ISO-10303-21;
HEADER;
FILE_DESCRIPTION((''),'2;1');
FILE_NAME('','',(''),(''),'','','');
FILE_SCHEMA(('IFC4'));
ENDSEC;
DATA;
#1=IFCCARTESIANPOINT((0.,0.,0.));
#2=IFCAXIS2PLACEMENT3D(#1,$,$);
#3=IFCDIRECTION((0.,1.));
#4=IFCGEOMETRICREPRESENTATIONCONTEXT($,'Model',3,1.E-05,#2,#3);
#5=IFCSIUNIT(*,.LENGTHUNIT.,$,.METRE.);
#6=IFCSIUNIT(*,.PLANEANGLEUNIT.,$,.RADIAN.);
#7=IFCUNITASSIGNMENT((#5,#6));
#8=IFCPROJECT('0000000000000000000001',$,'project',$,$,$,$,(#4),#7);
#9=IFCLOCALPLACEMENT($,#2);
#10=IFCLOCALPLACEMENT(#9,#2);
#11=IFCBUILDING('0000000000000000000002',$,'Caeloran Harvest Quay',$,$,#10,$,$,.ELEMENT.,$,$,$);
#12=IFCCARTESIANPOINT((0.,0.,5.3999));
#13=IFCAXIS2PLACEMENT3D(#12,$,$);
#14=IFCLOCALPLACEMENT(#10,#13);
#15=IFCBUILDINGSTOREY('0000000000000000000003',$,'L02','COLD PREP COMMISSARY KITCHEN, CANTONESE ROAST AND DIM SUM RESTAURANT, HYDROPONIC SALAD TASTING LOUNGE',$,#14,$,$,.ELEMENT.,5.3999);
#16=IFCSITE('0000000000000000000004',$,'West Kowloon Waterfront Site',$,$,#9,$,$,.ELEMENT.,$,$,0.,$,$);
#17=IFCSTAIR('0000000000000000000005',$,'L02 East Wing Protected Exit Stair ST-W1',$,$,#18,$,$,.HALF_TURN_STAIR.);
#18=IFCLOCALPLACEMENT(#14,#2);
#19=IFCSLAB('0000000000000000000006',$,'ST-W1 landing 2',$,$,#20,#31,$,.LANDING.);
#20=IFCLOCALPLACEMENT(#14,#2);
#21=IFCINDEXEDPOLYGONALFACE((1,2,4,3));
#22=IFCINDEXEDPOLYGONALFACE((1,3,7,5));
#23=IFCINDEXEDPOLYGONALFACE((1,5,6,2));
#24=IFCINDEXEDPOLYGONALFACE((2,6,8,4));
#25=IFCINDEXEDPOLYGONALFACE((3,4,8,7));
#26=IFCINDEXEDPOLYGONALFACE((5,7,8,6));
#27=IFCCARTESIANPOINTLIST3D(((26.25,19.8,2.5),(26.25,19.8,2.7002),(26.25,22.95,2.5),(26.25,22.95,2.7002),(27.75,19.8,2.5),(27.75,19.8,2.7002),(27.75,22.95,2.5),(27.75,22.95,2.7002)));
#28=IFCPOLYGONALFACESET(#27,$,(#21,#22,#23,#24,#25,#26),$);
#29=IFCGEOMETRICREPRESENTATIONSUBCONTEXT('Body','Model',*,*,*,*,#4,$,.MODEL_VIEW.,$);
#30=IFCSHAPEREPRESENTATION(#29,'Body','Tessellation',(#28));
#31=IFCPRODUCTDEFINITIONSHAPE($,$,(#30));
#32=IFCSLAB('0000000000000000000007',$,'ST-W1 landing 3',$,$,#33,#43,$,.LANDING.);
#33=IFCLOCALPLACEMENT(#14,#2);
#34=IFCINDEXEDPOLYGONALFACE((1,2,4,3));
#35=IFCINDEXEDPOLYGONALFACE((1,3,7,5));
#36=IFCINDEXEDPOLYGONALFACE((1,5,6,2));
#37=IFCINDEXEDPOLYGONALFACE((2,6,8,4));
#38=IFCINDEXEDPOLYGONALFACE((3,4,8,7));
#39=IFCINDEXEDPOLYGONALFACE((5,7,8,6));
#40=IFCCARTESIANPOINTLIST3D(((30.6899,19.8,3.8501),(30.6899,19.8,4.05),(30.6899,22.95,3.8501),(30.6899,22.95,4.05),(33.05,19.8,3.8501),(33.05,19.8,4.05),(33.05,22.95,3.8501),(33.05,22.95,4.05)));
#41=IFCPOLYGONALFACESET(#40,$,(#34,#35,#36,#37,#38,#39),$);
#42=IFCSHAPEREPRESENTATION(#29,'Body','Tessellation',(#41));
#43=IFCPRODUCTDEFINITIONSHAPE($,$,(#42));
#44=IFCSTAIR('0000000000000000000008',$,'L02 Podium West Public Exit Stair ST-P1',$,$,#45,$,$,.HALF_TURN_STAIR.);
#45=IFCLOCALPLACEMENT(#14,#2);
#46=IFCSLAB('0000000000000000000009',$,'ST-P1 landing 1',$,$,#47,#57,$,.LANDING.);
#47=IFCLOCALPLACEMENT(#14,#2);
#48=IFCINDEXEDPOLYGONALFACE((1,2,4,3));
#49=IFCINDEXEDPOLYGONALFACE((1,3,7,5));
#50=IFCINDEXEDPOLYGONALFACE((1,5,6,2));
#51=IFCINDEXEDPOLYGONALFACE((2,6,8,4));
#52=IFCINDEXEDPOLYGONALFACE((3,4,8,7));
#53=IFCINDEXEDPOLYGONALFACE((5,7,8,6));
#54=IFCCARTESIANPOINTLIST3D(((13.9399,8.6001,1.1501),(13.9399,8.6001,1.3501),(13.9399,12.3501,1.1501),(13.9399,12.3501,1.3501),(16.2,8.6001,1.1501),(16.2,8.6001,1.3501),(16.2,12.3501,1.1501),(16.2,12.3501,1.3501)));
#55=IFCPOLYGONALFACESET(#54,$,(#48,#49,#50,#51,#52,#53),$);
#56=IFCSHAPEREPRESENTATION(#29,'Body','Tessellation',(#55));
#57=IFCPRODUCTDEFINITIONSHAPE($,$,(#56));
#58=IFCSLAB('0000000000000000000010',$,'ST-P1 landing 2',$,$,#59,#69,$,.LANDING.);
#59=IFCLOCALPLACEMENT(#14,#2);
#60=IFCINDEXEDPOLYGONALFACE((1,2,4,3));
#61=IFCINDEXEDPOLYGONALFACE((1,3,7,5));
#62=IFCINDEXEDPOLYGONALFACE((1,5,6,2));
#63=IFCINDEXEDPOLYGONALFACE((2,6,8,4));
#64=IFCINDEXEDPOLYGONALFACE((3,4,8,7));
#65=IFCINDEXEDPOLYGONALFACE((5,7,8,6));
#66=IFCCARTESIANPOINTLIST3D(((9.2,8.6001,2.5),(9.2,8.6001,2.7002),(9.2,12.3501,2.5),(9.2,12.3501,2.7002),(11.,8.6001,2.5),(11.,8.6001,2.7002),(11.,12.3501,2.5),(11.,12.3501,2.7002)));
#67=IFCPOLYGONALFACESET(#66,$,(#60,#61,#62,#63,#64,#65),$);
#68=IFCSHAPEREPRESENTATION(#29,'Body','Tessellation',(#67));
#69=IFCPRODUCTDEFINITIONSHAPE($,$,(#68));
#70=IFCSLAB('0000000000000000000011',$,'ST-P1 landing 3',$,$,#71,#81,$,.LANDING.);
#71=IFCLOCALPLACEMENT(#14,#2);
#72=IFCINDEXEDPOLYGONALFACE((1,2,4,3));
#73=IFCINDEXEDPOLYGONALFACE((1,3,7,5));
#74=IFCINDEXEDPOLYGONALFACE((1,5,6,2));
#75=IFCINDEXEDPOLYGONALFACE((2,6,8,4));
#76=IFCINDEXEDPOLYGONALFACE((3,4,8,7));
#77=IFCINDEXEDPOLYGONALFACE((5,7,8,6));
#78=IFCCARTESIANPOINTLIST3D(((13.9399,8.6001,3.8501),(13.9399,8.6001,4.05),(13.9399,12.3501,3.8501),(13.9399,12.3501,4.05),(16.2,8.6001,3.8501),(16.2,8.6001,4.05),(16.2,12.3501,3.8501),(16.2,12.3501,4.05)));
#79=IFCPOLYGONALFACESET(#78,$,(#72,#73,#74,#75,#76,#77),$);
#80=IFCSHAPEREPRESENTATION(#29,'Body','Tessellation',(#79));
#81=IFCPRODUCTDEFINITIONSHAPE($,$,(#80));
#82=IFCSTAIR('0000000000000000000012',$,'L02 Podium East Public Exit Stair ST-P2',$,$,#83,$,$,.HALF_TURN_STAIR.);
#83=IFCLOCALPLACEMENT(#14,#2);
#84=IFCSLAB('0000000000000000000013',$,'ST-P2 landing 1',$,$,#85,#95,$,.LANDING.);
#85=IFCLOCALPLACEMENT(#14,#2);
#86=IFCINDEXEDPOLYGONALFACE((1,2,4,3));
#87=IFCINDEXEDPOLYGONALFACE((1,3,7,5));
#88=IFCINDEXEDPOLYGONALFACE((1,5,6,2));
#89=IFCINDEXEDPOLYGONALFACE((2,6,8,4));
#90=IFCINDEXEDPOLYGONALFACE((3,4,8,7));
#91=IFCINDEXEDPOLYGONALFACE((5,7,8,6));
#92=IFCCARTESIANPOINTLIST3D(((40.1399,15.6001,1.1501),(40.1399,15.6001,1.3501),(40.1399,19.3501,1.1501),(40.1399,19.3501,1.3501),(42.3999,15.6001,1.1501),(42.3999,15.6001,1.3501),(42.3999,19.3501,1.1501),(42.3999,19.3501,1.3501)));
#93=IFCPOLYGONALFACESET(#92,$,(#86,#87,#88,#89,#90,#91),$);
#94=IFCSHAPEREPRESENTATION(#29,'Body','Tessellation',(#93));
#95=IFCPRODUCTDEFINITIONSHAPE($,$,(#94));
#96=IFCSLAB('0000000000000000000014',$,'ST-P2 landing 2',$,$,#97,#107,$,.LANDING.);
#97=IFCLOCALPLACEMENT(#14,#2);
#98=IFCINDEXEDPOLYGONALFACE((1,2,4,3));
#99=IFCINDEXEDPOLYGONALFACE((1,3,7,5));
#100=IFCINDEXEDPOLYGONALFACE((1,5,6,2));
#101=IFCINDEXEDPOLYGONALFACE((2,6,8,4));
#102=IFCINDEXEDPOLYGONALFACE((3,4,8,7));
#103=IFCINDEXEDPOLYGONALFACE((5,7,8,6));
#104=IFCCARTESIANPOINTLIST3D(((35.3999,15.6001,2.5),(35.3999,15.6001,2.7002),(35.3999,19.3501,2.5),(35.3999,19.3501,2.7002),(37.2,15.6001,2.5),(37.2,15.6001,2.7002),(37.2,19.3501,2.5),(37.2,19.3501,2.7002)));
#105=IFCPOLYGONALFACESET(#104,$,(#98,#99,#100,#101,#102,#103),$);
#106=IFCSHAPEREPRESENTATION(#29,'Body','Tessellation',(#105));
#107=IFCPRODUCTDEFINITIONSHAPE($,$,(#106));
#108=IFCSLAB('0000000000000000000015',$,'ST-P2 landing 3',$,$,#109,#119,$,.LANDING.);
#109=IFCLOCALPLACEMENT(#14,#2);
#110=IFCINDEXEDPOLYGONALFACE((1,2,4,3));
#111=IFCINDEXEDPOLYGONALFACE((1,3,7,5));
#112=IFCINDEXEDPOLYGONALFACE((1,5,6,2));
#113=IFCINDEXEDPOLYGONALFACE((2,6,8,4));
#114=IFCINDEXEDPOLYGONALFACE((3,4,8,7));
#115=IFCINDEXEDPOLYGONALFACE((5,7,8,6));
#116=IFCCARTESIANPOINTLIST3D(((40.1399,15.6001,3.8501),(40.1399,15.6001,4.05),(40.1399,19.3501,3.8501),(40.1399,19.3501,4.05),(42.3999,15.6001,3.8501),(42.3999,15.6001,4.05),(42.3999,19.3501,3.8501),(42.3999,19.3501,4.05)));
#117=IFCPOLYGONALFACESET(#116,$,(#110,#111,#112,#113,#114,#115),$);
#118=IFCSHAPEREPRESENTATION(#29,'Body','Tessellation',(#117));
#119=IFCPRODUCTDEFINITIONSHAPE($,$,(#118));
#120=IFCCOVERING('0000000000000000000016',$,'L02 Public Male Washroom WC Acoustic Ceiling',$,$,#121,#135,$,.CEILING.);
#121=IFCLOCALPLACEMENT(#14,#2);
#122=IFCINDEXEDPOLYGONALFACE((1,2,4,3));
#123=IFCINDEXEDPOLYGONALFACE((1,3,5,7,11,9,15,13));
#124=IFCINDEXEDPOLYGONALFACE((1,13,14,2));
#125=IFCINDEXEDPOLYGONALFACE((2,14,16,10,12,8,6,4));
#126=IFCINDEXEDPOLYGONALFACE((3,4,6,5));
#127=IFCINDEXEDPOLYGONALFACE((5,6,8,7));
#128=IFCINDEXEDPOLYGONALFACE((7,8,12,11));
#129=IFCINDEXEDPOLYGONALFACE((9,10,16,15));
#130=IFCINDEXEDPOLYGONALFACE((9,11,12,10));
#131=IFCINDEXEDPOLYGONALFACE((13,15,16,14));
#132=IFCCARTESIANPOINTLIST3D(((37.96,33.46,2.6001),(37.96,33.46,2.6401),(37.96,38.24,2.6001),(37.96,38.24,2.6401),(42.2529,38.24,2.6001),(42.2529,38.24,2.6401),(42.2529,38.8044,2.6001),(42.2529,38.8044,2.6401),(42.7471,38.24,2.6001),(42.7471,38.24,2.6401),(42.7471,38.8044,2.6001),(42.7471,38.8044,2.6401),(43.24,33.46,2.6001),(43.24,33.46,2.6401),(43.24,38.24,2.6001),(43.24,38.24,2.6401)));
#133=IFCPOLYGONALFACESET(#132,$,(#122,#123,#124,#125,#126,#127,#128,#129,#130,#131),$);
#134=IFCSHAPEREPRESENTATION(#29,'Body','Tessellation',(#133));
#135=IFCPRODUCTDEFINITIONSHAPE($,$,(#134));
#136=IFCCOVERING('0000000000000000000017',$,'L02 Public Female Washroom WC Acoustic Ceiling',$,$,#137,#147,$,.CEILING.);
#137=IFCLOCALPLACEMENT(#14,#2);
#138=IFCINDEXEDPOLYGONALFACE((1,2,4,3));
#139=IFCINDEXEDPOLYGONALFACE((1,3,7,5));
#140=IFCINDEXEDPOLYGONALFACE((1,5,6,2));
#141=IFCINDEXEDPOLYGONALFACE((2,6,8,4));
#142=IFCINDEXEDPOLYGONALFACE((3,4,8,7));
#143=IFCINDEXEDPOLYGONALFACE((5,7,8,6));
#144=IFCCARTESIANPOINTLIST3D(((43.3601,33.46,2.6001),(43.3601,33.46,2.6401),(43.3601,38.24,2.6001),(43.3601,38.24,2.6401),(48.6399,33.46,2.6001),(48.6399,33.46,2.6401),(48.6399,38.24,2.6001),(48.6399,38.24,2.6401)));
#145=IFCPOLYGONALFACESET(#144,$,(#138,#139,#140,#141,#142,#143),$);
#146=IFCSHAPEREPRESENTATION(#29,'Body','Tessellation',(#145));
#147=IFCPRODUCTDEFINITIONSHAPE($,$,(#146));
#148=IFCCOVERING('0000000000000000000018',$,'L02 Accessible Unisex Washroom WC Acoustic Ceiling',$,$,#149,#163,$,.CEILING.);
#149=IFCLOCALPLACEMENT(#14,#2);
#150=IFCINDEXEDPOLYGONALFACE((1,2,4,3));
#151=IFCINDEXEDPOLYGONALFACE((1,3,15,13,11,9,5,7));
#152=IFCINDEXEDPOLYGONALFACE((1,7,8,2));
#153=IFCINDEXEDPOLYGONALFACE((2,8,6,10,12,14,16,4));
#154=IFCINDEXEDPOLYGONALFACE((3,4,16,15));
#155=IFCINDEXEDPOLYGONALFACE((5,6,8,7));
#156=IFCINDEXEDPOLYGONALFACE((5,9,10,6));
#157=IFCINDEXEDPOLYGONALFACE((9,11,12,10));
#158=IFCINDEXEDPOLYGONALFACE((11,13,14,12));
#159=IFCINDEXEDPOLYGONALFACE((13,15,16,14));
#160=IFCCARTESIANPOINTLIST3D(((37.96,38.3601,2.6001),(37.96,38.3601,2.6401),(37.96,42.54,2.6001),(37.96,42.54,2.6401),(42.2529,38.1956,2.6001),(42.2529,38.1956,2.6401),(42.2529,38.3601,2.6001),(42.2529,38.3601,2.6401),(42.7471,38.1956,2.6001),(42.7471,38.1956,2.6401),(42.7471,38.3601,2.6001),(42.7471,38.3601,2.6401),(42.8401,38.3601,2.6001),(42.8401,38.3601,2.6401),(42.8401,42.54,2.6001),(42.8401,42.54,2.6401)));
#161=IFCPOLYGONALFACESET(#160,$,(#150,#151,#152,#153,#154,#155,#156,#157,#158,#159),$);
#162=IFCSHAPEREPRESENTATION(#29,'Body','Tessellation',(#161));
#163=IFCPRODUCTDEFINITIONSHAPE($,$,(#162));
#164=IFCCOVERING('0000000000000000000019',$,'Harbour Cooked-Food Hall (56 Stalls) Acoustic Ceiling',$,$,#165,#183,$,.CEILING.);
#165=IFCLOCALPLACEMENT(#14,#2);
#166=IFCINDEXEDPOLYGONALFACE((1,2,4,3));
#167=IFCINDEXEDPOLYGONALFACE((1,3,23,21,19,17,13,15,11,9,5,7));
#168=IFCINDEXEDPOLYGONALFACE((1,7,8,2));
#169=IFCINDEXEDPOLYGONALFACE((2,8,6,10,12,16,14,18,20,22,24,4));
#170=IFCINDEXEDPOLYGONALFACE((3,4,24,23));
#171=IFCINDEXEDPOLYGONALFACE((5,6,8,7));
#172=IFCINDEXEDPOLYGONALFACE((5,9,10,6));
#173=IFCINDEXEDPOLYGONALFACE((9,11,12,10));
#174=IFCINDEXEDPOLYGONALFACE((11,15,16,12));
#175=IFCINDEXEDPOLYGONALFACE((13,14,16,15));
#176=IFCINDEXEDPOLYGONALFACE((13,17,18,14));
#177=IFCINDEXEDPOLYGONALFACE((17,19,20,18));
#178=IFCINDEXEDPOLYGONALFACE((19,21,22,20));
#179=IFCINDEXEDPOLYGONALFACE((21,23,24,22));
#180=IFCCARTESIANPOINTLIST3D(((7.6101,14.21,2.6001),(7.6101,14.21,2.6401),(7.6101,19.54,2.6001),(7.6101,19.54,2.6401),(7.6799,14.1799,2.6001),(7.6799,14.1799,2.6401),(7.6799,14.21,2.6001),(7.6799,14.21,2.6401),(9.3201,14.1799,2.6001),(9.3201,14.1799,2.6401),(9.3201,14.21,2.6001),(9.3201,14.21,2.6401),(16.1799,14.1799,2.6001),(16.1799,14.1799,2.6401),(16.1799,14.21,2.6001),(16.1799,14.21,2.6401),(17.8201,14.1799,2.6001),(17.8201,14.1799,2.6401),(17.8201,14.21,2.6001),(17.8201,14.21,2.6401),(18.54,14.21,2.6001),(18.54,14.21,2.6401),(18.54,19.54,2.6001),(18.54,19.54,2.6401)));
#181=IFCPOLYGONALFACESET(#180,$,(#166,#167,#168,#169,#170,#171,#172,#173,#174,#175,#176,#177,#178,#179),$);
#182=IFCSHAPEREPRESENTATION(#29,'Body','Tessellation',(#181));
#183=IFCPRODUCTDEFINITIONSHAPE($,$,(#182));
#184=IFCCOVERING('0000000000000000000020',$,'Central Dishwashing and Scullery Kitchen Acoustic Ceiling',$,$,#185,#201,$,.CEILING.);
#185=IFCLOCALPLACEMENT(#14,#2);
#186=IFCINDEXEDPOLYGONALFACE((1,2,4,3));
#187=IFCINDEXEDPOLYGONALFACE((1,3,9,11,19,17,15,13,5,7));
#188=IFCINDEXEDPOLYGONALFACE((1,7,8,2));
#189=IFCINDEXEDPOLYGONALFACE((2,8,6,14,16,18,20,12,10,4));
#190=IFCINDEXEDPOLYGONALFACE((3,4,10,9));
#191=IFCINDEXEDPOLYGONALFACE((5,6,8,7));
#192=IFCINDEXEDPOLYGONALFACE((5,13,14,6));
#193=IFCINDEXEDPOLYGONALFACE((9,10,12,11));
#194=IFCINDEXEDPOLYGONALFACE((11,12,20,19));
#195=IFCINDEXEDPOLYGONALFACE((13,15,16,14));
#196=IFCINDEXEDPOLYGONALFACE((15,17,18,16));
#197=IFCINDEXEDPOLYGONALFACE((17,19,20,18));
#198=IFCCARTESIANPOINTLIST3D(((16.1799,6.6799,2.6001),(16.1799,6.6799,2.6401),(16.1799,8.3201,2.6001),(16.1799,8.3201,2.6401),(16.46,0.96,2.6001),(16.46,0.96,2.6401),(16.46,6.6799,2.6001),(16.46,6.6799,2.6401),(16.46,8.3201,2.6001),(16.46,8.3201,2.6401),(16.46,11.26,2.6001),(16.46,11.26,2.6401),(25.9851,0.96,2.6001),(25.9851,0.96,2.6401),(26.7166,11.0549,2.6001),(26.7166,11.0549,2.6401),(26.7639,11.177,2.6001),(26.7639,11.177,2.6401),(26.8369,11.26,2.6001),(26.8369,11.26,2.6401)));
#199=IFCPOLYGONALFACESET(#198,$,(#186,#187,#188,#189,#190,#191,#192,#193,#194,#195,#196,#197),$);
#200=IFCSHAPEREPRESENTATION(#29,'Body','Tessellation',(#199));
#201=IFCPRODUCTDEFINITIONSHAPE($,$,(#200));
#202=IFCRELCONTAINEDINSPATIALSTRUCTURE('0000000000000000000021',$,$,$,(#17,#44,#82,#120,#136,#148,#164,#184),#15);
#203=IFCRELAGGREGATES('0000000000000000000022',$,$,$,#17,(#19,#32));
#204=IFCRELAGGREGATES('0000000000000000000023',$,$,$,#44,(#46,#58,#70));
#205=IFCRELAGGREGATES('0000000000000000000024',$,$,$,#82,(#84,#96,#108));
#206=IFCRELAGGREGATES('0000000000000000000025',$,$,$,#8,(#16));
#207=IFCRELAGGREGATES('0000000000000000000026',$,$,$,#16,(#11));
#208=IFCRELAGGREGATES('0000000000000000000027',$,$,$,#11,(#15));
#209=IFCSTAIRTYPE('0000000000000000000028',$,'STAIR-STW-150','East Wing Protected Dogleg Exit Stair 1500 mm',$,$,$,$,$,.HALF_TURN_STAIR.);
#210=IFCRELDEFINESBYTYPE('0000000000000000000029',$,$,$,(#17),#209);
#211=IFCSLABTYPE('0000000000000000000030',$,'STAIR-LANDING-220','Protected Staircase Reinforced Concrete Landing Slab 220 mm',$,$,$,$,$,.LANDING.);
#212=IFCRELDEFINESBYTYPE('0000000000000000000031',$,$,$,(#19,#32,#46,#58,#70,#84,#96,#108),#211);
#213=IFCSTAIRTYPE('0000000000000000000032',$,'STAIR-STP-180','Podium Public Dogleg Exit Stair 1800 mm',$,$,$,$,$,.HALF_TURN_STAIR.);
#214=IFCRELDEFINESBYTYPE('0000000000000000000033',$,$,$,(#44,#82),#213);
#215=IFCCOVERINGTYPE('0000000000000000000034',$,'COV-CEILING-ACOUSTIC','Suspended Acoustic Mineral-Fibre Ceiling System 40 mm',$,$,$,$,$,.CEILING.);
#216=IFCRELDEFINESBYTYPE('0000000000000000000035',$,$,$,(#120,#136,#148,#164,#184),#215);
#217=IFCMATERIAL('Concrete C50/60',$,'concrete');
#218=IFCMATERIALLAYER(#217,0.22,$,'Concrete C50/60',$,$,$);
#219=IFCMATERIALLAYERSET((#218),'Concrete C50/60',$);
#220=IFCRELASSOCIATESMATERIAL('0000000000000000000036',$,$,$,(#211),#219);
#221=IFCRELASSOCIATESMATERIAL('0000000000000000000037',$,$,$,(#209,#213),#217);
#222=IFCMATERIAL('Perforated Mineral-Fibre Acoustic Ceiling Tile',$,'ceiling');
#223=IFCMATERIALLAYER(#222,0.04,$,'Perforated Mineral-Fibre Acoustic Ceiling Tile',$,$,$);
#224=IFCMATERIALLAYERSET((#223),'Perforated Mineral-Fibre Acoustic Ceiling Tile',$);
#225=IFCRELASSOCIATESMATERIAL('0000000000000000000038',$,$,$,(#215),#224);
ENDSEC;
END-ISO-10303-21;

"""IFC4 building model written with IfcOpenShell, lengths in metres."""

from ifc_helpers import new_model, si_unit, direction, frame, origin, place, context, subcontext, project, spatial, polyline, outline, extrude, material, layer, layer_set, type_object, element, aggregate, save


model = new_model("IFC4")

# Units and contexts
model_context = context("Model", 3, precision=1e-05, world=origin(), true_north=direction((0.0, 1.0)))
body_context = subcontext(model_context, "Body", "Model", "MODEL_VIEW")
ifc_project = project(units=[si_unit("LENGTHUNIT", "METRE"), si_unit("PLANEANGLEUNIT", "RADIAN")], contexts=[model_context])

# Site, building, storey
site_placement = place(None, origin())
site = spatial("IfcSite", under=ifc_project, at=site_placement, Name="West Kowloon Waterfront Site", CompositionType="ELEMENT", RefElevation=0.0)
building_placement = place(site_placement, origin())
building = spatial("IfcBuilding", under=site, at=building_placement, Name="Caeloran Harvest Quay", CompositionType="ELEMENT")
storey_placement = place(building_placement, frame((0.0, 0.0, 5.3999)))
storey = spatial("IfcBuildingStorey", under=building, at=storey_placement, Name="L02", Description="COLD PREP COMMISSARY KITCHEN, CANTONESE ROAST AND DIM SUM RESTAURANT, HYDROPONIC SALAD TASTING LOUNGE", CompositionType="ELEMENT", Elevation=5.3999)

# Shared definitions
ifc_material_1 = material(Name="Concrete C50/60", Category="concrete")

# Stairs, slabs
ifc_layer_1 = layer(ifc_material_1, 0.22, Name="Concrete C50/60")
ifc_layer_set_1 = layer_set([ifc_layer_1], Name="Concrete C50/60")
slab_type_1 = type_object("IfcSlabType", Name="STAIR-LANDING-220", Description="Protected Staircase Reinforced Concrete Landing Slab 220 mm", PredefinedType="LANDING", material=ifc_layer_set_1)
stair_type_1 = type_object("IfcStairType", Name="STAIR-STW-150", Description="East Wing Protected Dogleg Exit Stair 1500 mm", PredefinedType="HALF_TURN_STAIR", material=ifc_material_1)
stair_1_placement = place(storey_placement, origin())
stair_1 = element("IfcStair", 1, at=stair_1_placement, inside=storey, type_object=stair_type_1, Name="L02 East Wing Protected Exit Stair ST-W1", PredefinedType="HALF_TURN_STAIR")
slab_1_placement = place(storey_placement, frame((0.0, 0.0, 2.5)))
slab_1 = element("IfcSlab", 2, at=slab_1_placement, type_object=slab_type_1, Name="ST-W1 landing 2", PredefinedType="LANDING", context=body_context, shape_type="SweptSolid", body=[
    extrude(outline(polyline([(26.25, 19.8), (27.75, 19.8), (27.75, 22.95), (26.25, 22.95), (26.25, 19.8)])), origin(), (0.0, 0.0, 1.0), 0.2002),
])
slab_2_placement = place(storey_placement, frame((0.0, 0.0, 3.8501)))
slab_2 = element("IfcSlab", 3, at=slab_2_placement, type_object=slab_type_1, Name="ST-W1 landing 3", PredefinedType="LANDING", context=body_context, shape_type="SweptSolid", body=[
    extrude(outline(polyline([(30.6899, 19.8), (33.05, 19.8), (33.05, 22.95), (30.6899, 22.95), (30.6899, 19.8)])), origin(), (0.0, 0.0, 1.0), 0.2),
])
aggregate(stair_1, [slab_1, slab_2])
stair_type_2 = type_object("IfcStairType", Name="STAIR-STP-180", Description="Podium Public Dogleg Exit Stair 1800 mm", PredefinedType="HALF_TURN_STAIR", material=ifc_material_1)
stair_2_placement = place(storey_placement, origin())
stair_2 = element("IfcStair", 4, at=stair_2_placement, inside=storey, type_object=stair_type_2, Name="L02 Podium West Public Exit Stair ST-P1", PredefinedType="HALF_TURN_STAIR")
slab_3_placement = place(storey_placement, frame((0.0, 0.0, 1.1501)))
slab_3 = element("IfcSlab", 5, at=slab_3_placement, type_object=slab_type_1, Name="ST-P1 landing 1", PredefinedType="LANDING", context=body_context, shape_type="SweptSolid", body=[
    extrude(outline(polyline([(13.9399, 8.6001), (16.2, 8.6001), (16.2, 12.3501), (13.9399, 12.3501), (13.9399, 8.6001)])), origin(), (0.0, 0.0, 1.0), 0.2),
])
slab_4_placement = place(storey_placement, frame((0.0, 0.0, 2.5)))
slab_4 = element("IfcSlab", 6, at=slab_4_placement, type_object=slab_type_1, Name="ST-P1 landing 2", PredefinedType="LANDING", context=body_context, shape_type="SweptSolid", body=[
    extrude(outline(polyline([(9.2, 8.6001), (11.0, 8.6001), (11.0, 12.3501), (9.2, 12.3501), (9.2, 8.6001)])), origin(), (0.0, 0.0, 1.0), 0.2002),
])
slab_5_placement = place(storey_placement, frame((0.0, 0.0, 3.8501)))
slab_5 = element("IfcSlab", 7, at=slab_5_placement, type_object=slab_type_1, Name="ST-P1 landing 3", PredefinedType="LANDING", context=body_context, shape_type="SweptSolid", body=[
    extrude(outline(polyline([(13.9399, 8.6001), (16.2, 8.6001), (16.2, 12.3501), (13.9399, 12.3501), (13.9399, 8.6001)])), origin(), (0.0, 0.0, 1.0), 0.2),
])
aggregate(stair_2, [slab_3, slab_4, slab_5])
stair_3_placement = place(storey_placement, origin())
stair_3 = element("IfcStair", 8, at=stair_3_placement, inside=storey, type_object=stair_type_2, Name="L02 Podium East Public Exit Stair ST-P2", PredefinedType="HALF_TURN_STAIR")
slab_6_placement = place(storey_placement, frame((0.0, 0.0, 1.1501)))
slab_6 = element("IfcSlab", 9, at=slab_6_placement, type_object=slab_type_1, Name="ST-P2 landing 1", PredefinedType="LANDING", context=body_context, shape_type="SweptSolid", body=[
    extrude(outline(polyline([(40.1399, 15.6001), (42.3999, 15.6001), (42.3999, 19.3501), (40.1399, 19.3501), (40.1399, 15.6001)])), origin(), (0.0, 0.0, 1.0), 0.2),
])
slab_7_placement = place(storey_placement, frame((0.0, 0.0, 2.5)))
slab_7 = element("IfcSlab", 10, at=slab_7_placement, type_object=slab_type_1, Name="ST-P2 landing 2", PredefinedType="LANDING", context=body_context, shape_type="SweptSolid", body=[
    extrude(outline(polyline([(35.3999, 15.6001), (37.2, 15.6001), (37.2, 19.3501), (35.3999, 19.3501), (35.3999, 15.6001)])), origin(), (0.0, 0.0, 1.0), 0.2002),
])
slab_8_placement = place(storey_placement, frame((0.0, 0.0, 3.8501)))
slab_8 = element("IfcSlab", 11, at=slab_8_placement, type_object=slab_type_1, Name="ST-P2 landing 3", PredefinedType="LANDING", context=body_context, shape_type="SweptSolid", body=[
    extrude(outline(polyline([(40.1399, 15.6001), (42.3999, 15.6001), (42.3999, 19.3501), (40.1399, 19.3501), (40.1399, 15.6001)])), origin(), (0.0, 0.0, 1.0), 0.2),
])
aggregate(stair_3, [slab_6, slab_7, slab_8])

# Coverings
ifc_material_2 = material(Name="Perforated Mineral-Fibre Acoustic Ceiling Tile", Category="ceiling")
ifc_layer_2 = layer(ifc_material_2, 0.04, Name="Perforated Mineral-Fibre Acoustic Ceiling Tile")
ifc_layer_set_2 = layer_set([ifc_layer_2], Name="Perforated Mineral-Fibre Acoustic Ceiling Tile")
covering_type_1 = type_object("IfcCoveringType", Name="COV-CEILING-ACOUSTIC", Description="Suspended Acoustic Mineral-Fibre Ceiling System 40 mm", PredefinedType="CEILING", material=ifc_layer_set_2)
covering_1_placement = place(storey_placement, frame((0.0, 0.0, 2.6001)))
element("IfcCovering", 12, at=covering_1_placement, inside=storey, type_object=covering_type_1, Name="L02 Public Male Washroom WC Acoustic Ceiling", PredefinedType="CEILING", context=body_context, shape_type="SweptSolid", body=[
    extrude(outline(polyline([(43.24, 33.46), (37.96, 33.46), (37.96, 38.24), (42.2529, 38.24), (42.2529, 38.8044), (42.7471, 38.8044), (42.7471, 38.24), (43.24, 38.24), (43.24, 33.46)])), origin(), (0.0, 0.0, 1.0), 0.04),
])
covering_2_placement = place(storey_placement, frame((0.0, 0.0, 2.6001)))
element("IfcCovering", 13, at=covering_2_placement, inside=storey, type_object=covering_type_1, Name="L02 Public Female Washroom WC Acoustic Ceiling", PredefinedType="CEILING", context=body_context, shape_type="SweptSolid", body=[
    extrude(outline(polyline([(48.6399, 38.24), (48.6399, 33.46), (43.3601, 33.46), (43.3601, 38.24), (48.6399, 38.24)])), origin(), (0.0, 0.0, 1.0), 0.04),
])
covering_3_placement = place(storey_placement, frame((0.0, 0.0, 2.6001)))
element("IfcCovering", 14, at=covering_3_placement, inside=storey, type_object=covering_type_1, Name="L02 Accessible Unisex Washroom WC Acoustic Ceiling", PredefinedType="CEILING", context=body_context, shape_type="SweptSolid", body=[
    extrude(outline(polyline([(42.7471, 38.1956), (42.2529, 38.1956), (42.2529, 38.3601), (37.96, 38.3601), (37.96, 42.54), (42.8401, 42.54), (42.8401, 38.3601), (42.7471, 38.3601), (42.7471, 38.1956)])), origin(), (0.0, 0.0, 1.0), 0.04),
])
covering_4_placement = place(storey_placement, frame((0.0, 0.0, 2.6001)))
element("IfcCovering", 15, at=covering_4_placement, inside=storey, type_object=covering_type_1, Name="Harbour Cooked-Food Hall (56 Stalls) Acoustic Ceiling", PredefinedType="CEILING", context=body_context, shape_type="SweptSolid", body=[
    extrude(outline(polyline([(9.3201, 14.1799), (7.6799, 14.1799), (7.6799, 14.21), (7.6101, 14.21), (7.6101, 19.54), (18.54, 19.54), (18.54, 14.21), (17.8201, 14.21), (17.8201, 14.1799), (16.1799, 14.1799), (16.1799, 14.21), (9.3201, 14.21), (9.3201, 14.1799)])), origin(), (0.0, 0.0, 1.0), 0.04),
])
covering_5_placement = place(storey_placement, frame((0.0, 0.0, 2.6001)))
element("IfcCovering", 16, at=covering_5_placement, inside=storey, type_object=covering_type_1, Name="Central Dishwashing and Scullery Kitchen Acoustic Ceiling", PredefinedType="CEILING", context=body_context, shape_type="SweptSolid", body=[
    extrude(outline(polyline([(26.7639, 11.177), (26.7166, 11.0549), (25.9851, 0.96), (16.46, 0.96), (16.46, 6.6799), (16.1799, 6.6799), (16.1799, 8.3201), (16.46, 8.3201), (16.46, 11.26), (26.8369, 11.26), (26.7639, 11.177)])), origin(), (0.0, 0.0, 1.0), 0.04),
])

save(model, "model.ifc")
